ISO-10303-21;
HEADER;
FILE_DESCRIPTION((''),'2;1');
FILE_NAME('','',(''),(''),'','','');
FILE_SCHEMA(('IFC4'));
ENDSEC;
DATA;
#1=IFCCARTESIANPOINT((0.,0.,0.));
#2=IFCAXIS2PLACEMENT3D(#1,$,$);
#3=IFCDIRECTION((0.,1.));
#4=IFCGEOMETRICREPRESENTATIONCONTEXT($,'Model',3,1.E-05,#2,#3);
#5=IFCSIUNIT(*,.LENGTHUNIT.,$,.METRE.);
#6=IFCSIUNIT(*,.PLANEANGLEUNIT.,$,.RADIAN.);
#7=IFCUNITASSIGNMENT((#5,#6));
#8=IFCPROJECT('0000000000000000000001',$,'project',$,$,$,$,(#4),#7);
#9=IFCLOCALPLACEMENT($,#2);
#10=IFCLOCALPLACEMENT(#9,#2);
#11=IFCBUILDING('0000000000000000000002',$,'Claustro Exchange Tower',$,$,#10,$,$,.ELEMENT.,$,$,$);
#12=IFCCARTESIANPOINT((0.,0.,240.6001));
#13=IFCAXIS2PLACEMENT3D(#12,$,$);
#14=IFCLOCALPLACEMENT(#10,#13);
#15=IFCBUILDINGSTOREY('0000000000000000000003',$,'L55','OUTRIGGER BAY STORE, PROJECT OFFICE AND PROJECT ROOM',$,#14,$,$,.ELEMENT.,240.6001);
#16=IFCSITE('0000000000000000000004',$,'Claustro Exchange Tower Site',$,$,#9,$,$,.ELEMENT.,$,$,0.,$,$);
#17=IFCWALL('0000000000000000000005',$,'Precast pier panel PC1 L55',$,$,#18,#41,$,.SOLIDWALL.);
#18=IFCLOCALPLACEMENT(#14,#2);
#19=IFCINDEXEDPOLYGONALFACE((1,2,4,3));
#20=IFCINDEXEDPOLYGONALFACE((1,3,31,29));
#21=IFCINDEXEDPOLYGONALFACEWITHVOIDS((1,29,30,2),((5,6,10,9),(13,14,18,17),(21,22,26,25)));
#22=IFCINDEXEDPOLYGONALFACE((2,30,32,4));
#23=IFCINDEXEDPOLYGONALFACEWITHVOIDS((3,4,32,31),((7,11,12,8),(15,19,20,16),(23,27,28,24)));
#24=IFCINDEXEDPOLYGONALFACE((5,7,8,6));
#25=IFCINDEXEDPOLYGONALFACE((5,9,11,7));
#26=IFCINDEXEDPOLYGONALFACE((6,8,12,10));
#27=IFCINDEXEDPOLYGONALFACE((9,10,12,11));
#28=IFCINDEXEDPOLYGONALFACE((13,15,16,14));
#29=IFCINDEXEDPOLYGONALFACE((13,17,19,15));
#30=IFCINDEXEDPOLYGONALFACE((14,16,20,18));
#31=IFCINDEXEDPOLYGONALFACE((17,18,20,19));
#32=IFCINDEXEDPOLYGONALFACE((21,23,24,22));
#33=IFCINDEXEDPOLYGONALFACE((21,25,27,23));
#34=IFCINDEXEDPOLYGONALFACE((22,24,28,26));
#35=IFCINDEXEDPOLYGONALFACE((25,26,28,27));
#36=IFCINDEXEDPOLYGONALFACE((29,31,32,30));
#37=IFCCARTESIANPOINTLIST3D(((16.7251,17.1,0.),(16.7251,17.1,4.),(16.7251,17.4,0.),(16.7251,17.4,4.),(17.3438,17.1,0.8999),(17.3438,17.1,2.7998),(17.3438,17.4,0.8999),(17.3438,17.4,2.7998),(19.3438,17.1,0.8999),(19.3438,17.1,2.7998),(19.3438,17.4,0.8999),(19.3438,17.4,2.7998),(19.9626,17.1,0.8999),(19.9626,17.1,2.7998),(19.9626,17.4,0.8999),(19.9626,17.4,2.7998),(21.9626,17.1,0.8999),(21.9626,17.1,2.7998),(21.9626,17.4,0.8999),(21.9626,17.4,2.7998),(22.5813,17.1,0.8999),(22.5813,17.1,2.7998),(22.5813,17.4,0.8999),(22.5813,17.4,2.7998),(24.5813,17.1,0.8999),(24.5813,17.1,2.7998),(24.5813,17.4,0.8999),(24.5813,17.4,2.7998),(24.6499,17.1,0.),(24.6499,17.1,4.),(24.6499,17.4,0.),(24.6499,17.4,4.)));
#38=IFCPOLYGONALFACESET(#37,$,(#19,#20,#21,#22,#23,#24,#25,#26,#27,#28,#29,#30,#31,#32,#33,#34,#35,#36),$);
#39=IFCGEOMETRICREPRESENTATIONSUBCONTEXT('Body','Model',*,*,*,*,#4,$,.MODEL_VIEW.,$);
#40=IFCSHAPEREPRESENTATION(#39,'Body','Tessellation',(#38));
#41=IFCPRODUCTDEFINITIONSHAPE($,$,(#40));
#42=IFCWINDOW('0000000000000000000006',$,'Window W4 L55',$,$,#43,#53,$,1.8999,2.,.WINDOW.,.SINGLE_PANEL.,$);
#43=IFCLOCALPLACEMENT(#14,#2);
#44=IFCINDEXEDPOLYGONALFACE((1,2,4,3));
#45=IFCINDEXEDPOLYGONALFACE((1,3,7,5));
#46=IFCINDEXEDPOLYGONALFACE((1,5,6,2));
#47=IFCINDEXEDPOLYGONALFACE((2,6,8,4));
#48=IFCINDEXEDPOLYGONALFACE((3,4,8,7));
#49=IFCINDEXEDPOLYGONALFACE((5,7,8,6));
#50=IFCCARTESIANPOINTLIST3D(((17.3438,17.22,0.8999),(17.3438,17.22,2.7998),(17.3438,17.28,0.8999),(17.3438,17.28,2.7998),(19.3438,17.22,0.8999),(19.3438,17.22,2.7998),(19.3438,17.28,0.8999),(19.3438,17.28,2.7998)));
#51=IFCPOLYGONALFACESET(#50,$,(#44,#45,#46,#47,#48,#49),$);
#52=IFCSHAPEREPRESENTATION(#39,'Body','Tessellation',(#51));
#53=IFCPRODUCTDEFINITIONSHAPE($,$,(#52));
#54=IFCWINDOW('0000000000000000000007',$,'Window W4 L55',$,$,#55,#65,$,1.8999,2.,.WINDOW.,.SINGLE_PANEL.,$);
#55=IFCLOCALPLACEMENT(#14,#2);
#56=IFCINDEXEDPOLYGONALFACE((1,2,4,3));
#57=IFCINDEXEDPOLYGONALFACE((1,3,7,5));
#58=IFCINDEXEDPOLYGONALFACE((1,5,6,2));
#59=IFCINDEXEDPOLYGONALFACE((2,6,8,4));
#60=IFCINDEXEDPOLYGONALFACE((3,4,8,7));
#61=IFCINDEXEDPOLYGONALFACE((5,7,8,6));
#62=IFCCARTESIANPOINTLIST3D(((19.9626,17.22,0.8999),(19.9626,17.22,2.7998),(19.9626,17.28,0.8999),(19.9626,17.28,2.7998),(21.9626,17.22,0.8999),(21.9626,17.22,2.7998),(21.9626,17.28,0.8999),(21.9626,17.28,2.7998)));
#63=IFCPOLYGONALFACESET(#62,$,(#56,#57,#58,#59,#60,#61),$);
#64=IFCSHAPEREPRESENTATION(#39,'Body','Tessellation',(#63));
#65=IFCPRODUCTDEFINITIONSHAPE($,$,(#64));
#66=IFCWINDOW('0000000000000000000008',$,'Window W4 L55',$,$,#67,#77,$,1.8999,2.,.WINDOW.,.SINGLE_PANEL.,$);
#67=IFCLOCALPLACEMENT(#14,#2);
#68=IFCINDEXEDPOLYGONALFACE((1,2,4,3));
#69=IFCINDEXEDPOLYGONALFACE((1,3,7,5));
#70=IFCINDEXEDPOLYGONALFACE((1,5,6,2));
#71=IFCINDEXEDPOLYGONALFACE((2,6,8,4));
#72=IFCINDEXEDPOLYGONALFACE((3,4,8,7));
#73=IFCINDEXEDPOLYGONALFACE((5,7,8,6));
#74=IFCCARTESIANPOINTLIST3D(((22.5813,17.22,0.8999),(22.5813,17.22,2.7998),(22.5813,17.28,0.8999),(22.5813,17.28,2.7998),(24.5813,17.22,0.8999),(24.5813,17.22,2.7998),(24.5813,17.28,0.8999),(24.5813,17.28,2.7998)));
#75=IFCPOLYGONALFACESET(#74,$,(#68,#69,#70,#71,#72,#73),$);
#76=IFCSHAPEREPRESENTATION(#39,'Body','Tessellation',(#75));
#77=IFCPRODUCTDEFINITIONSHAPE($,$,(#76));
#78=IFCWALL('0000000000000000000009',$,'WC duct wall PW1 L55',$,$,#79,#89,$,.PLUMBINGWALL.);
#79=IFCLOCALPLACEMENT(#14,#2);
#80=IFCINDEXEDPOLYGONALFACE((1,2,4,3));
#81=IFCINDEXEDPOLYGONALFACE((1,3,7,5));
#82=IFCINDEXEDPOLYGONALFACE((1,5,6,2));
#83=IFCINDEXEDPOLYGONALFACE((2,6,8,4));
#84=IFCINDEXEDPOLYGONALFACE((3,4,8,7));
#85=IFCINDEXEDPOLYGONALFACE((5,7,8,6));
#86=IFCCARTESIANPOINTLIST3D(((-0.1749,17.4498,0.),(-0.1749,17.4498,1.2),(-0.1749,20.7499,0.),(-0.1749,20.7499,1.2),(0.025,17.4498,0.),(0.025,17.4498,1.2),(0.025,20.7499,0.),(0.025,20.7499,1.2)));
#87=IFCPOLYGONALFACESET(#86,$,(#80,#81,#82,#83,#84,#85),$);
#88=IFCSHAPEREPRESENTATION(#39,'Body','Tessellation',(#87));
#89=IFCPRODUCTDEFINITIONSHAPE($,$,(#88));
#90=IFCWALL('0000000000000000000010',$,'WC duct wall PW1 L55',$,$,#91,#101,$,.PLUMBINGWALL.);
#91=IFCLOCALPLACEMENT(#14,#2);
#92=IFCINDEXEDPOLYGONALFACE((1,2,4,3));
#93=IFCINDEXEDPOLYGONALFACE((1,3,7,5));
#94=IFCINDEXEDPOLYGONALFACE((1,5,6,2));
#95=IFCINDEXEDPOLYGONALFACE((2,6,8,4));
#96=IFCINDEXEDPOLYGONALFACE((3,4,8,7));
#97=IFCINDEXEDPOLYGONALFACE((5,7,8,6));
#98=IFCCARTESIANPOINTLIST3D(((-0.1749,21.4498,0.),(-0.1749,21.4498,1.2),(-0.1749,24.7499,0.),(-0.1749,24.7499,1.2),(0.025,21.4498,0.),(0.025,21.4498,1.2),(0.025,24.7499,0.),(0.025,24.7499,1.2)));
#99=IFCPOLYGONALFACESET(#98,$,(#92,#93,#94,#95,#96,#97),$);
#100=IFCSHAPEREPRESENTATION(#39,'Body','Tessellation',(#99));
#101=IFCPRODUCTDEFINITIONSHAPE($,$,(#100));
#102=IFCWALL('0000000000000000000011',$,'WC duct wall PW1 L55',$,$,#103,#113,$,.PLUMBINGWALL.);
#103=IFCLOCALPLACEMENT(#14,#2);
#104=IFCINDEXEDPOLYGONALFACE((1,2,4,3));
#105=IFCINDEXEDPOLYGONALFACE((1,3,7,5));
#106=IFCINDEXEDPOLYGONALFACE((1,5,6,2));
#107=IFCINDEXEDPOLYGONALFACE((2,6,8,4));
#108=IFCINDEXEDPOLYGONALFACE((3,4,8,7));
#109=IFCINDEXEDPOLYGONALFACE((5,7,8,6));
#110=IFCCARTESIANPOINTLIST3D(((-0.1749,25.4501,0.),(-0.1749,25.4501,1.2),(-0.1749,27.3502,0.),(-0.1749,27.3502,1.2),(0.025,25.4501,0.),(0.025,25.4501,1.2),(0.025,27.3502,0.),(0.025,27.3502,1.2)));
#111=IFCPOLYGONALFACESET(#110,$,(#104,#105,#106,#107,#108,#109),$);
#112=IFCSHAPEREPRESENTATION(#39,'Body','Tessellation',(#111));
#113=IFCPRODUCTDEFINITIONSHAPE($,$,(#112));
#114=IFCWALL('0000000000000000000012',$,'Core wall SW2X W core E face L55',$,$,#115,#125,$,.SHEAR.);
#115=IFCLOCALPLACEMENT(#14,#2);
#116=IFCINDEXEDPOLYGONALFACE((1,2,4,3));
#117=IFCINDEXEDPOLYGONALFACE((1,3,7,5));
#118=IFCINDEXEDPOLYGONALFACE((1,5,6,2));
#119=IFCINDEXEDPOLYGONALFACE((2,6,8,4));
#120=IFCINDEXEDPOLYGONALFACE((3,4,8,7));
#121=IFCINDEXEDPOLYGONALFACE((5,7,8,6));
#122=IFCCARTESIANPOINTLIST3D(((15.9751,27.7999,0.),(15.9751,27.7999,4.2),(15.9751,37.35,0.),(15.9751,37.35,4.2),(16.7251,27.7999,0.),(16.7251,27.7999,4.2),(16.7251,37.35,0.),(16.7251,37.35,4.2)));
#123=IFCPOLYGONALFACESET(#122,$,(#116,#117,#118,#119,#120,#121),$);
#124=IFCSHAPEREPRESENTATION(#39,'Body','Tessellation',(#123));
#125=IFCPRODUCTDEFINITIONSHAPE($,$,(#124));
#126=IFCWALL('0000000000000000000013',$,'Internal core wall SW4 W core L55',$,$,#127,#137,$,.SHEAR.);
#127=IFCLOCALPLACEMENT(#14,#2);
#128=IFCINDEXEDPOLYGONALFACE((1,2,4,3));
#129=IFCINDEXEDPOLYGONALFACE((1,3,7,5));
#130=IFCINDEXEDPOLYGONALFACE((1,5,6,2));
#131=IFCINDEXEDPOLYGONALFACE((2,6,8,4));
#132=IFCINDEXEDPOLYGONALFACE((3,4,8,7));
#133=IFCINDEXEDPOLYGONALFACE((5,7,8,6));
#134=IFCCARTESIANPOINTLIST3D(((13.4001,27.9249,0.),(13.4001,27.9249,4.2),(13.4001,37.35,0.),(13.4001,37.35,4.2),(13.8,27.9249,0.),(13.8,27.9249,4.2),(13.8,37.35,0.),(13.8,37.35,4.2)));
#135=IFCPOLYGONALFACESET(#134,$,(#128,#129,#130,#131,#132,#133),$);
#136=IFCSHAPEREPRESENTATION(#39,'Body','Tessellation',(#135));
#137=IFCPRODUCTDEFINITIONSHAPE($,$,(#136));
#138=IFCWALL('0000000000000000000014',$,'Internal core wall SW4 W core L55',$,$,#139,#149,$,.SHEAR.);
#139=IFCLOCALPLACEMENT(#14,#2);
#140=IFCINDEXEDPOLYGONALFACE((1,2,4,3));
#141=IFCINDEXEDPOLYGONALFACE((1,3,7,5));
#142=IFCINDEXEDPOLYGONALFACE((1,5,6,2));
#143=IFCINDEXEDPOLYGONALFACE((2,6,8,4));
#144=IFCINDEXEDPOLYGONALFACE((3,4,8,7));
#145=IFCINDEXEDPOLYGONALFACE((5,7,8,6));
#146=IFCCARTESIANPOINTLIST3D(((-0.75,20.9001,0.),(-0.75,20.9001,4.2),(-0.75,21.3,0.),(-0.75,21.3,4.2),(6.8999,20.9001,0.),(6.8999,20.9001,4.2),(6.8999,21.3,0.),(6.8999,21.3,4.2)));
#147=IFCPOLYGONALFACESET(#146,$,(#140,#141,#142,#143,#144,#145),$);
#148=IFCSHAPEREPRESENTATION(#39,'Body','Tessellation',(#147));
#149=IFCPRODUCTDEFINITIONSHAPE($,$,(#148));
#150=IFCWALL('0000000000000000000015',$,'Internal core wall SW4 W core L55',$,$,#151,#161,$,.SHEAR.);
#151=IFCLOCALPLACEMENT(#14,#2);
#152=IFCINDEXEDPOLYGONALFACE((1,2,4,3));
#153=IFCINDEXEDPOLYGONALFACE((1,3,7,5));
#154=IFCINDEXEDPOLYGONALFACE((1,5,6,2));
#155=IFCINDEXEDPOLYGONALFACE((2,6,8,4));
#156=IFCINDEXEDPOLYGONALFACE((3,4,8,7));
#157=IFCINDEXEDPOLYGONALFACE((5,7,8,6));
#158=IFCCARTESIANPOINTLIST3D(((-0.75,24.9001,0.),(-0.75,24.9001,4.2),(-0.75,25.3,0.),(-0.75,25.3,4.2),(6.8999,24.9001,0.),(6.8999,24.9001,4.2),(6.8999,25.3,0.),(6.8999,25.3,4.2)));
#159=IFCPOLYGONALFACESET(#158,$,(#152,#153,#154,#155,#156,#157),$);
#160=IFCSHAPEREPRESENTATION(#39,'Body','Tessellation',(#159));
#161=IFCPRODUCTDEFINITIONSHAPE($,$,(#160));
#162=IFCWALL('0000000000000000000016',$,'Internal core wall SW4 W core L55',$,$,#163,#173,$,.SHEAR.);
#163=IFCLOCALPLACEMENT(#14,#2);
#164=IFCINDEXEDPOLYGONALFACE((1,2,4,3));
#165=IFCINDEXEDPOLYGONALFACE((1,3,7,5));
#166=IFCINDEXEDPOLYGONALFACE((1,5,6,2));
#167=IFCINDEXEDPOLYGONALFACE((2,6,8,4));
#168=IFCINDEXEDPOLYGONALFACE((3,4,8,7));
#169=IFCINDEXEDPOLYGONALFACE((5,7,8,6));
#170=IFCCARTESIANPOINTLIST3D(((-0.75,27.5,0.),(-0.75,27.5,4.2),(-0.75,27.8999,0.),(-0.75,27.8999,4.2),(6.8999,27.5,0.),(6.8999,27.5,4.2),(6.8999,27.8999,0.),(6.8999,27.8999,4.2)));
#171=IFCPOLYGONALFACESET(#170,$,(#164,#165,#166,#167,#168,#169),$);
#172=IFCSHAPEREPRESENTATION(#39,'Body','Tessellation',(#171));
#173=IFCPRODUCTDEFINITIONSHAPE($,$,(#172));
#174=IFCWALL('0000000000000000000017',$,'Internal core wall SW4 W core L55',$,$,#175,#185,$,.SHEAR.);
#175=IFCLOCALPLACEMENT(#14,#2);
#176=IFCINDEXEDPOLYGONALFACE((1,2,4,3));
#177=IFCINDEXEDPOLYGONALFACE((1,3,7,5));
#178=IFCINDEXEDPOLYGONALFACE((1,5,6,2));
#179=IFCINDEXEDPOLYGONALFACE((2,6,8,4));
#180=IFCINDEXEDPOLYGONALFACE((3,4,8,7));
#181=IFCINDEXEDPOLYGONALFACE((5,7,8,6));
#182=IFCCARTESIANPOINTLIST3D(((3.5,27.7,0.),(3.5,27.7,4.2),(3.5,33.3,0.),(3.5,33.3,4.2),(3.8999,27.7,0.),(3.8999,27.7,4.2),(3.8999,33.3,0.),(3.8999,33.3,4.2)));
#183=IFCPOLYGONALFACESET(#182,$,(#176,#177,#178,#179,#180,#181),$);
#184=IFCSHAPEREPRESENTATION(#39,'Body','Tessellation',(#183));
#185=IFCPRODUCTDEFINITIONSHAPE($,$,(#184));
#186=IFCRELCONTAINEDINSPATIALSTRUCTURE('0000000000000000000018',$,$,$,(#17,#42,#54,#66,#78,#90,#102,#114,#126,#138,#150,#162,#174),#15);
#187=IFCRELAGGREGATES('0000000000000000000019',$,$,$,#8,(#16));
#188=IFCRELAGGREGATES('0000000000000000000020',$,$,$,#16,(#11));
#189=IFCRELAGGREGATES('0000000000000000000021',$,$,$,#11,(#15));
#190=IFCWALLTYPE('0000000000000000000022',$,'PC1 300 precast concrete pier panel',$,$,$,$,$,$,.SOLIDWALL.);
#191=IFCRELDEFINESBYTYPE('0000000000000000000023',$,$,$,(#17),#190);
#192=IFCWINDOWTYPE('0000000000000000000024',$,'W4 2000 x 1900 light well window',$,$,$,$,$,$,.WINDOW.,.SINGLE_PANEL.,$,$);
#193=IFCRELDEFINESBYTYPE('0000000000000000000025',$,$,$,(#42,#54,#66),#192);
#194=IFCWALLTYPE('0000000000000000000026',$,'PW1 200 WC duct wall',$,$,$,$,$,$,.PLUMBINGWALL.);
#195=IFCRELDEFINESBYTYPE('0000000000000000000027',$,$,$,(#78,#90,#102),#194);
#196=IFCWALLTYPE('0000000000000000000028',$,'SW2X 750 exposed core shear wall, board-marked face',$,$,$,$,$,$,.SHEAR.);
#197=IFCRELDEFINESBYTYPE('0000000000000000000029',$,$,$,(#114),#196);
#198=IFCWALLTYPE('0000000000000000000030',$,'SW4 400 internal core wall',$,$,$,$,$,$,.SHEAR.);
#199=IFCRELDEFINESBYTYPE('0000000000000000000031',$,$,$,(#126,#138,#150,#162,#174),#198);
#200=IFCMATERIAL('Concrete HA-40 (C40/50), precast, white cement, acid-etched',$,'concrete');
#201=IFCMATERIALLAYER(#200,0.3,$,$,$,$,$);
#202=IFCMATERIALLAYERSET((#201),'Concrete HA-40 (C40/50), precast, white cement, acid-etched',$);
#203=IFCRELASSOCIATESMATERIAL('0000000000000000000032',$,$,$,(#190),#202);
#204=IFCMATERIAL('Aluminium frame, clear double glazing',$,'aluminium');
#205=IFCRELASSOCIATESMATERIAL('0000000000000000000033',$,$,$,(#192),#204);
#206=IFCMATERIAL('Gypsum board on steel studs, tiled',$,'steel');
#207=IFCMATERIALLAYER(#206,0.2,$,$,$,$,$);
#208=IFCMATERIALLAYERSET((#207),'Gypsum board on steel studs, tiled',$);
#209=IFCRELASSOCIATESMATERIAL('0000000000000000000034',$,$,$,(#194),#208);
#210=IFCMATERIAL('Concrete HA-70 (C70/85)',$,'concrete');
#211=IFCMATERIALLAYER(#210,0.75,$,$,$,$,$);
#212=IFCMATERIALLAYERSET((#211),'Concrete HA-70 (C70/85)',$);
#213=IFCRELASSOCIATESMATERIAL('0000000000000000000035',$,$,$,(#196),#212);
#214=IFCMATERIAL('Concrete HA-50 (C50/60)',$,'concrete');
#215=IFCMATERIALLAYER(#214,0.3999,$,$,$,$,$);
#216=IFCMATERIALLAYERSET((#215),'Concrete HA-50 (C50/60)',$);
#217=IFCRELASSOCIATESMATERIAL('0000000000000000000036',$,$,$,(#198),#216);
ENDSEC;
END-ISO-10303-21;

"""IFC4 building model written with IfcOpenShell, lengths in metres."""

from ifc_helpers import new_model, si_unit, direction, frame, frame_2d, origin, place, context, subcontext, project, spatial, rectangle, extrude, material, layer, layer_set, type_object, element, fill, save


model = new_model("IFC4")

# Units and contexts
model_context = context("Model", 3, precision=1e-05, world=origin(), true_north=direction((0.0, 1.0)))
body_context = subcontext(model_context, "Body", "Model", "MODEL_VIEW")
ifc_project = project(units=[si_unit("LENGTHUNIT", "METRE"), si_unit("PLANEANGLEUNIT", "RADIAN")], contexts=[model_context])

# Site, building, storey
site_placement = place(None, origin())
site = spatial("IfcSite", under=ifc_project, at=site_placement, Name="Claustro Exchange Tower Site", CompositionType="ELEMENT", RefElevation=0.0)
building_placement = place(site_placement, origin())
building = spatial("IfcBuilding", under=site, at=building_placement, Name="Claustro Exchange Tower", CompositionType="ELEMENT")
storey_placement = place(building_placement, frame((0.0, 0.0, 240.6001)))
storey = spatial("IfcBuildingStorey", under=building, at=storey_placement, Name="L55", Description="OUTRIGGER BAY STORE, PROJECT OFFICE AND PROJECT ROOM", CompositionType="ELEMENT", Elevation=240.6001)

# Wall, openings, windows
ifc_material_1 = material(Name="Concrete HA-40 (C40/50), precast, white cement, acid-etched", Category="concrete")
ifc_layer_1 = layer(ifc_material_1, 0.3)
ifc_layer_set_1 = layer_set([ifc_layer_1], Name="Concrete HA-40 (C40/50), precast, white cement, acid-etched")
wall_type_1 = type_object("IfcWallType", Name="PC1 300 precast concrete pier panel", PredefinedType="SOLIDWALL", material=ifc_layer_set_1)
wall_1_placement = place(storey_placement, frame((16.7251, 17.25, 0.0), z_axis=(0.0, 0.0, 1.0), x_axis=(1.0, 0.0, 0.0)))
wall_1 = element("IfcWall", 1, at=wall_1_placement, inside=storey, type_object=wall_type_1, Name="Precast pier panel PC1 L55", PredefinedType="SOLIDWALL", context=body_context, shape_type="SweptSolid", body=[
    extrude(rectangle(XDim=7.9248, YDim=0.3, at=frame_2d((3.9624, 0.0))), origin(), (0.0, 0.0, 1.0), 4.0),
])
opening_1_placement = place(wall_1_placement, frame((0.6187, 0.0, 0.8999)))
opening_1 = element("IfcOpeningElement", 2, at=opening_1_placement, cuts=wall_1, PredefinedType="OPENING", context=body_context, shape_type="SweptSolid", body=[
    extrude(rectangle(XDim=2.0, YDim=1.8999, at=frame_2d((1.0, 0.95))), frame((0.0, 0.1599, 0.0), z_axis=(0.0, -1.0, 0.0), x_axis=(1.0, 0.0, 0.0)), (0.0, 0.0, 1.0), 0.3201),
])
opening_2_placement = place(wall_1_placement, frame((3.2375, 0.0, 0.8999)))
opening_2 = element("IfcOpeningElement", 3, at=opening_2_placement, cuts=wall_1, PredefinedType="OPENING", context=body_context, shape_type="SweptSolid", body=[
    extrude(rectangle(XDim=2.0, YDim=1.8999, at=frame_2d((1.0, 0.95))), frame((0.0, 0.1599, 0.0), z_axis=(0.0, -1.0, 0.0), x_axis=(1.0, 0.0, 0.0)), (0.0, 0.0, 1.0), 0.3201),
])
opening_3_placement = place(wall_1_placement, frame((5.8562, 0.0, 0.8999)))
opening_3 = element("IfcOpeningElement", 4, at=opening_3_placement, cuts=wall_1, PredefinedType="OPENING", context=body_context, shape_type="SweptSolid", body=[
    extrude(rectangle(XDim=2.0, YDim=1.8999, at=frame_2d((1.0, 0.95))), frame((0.0, 0.1599, 0.0), z_axis=(0.0, -1.0, 0.0), x_axis=(1.0, 0.0, 0.0)), (0.0, 0.0, 1.0), 0.3201),
])
ifc_material_2 = material(Name="Aluminium frame, clear double glazing", Category="aluminium")
window_type = type_object("IfcWindowType", Name="W4 2000 x 1900 light well window", PartitioningType="SINGLE_PANEL", PredefinedType="WINDOW", material=ifc_material_2)
window_1_placement = place(opening_1_placement, origin())
window_1 = element("IfcWindow", 5, at=window_1_placement, inside=storey, type_object=window_type, Name="Window W4 L55", OverallHeight=1.8999, OverallWidth=2.0, PartitioningType="SINGLE_PANEL", PredefinedType="WINDOW", context=body_context, shape_type="SweptSolid", body=[
    extrude(rectangle(XDim=2.0, YDim=1.8999, at=frame_2d((1.0, 0.95))), frame((0.0, 0.03, 0.0), z_axis=(0.0, -1.0, 0.0), x_axis=(1.0, 0.0, 0.0)), (0.0, 0.0, 1.0), 0.0601),
])
fill(opening_1, window_1)
window_2_placement = place(opening_2_placement, origin())
window_2 = element("IfcWindow", 6, at=window_2_placement, inside=storey, type_object=window_type, Name="Window W4 L55", OverallHeight=1.8999, OverallWidth=2.0, PartitioningType="SINGLE_PANEL", PredefinedType="WINDOW", context=body_context, shape_type="SweptSolid", body=[
    extrude(rectangle(XDim=2.0, YDim=1.8999, at=frame_2d((1.0, 0.95))), frame((0.0, 0.03, 0.0), z_axis=(0.0, -1.0, 0.0), x_axis=(1.0, 0.0, 0.0)), (0.0, 0.0, 1.0), 0.0601),
])
fill(opening_2, window_2)
window_3_placement = place(opening_3_placement, origin())
window_3 = element("IfcWindow", 7, at=window_3_placement, inside=storey, type_object=window_type, Name="Window W4 L55", OverallHeight=1.8999, OverallWidth=2.0, PartitioningType="SINGLE_PANEL", PredefinedType="WINDOW", context=body_context, shape_type="SweptSolid", body=[
    extrude(rectangle(XDim=2.0, YDim=1.8999, at=frame_2d((1.0, 0.95))), frame((0.0, 0.03, 0.0), z_axis=(0.0, -1.0, 0.0), x_axis=(1.0, 0.0, 0.0)), (0.0, 0.0, 1.0), 0.0601),
])
fill(opening_3, window_3)

# Walls
ifc_material_3 = material(Name="Gypsum board on steel studs, tiled", Category="steel")
ifc_layer_2 = layer(ifc_material_3, 0.2)
ifc_layer_set_2 = layer_set([ifc_layer_2], Name="Gypsum board on steel studs, tiled")
wall_type_2 = type_object("IfcWallType", Name="PW1 200 WC duct wall", PredefinedType="PLUMBINGWALL", material=ifc_layer_set_2)
for number, where, z_axis, x_axis, name in (
    (8, (-0.075, 17.45, 0.0), (0.0, 0.0, 1.0), (0.0, 1.0, 0.0), "WC duct wall PW1 L55"),
    (9, (-0.075, 21.45, 0.0), (0.0, 0.0, 1.0), (0.0, 1.0, 0.0), "WC duct wall PW1 L55"),
):
    element("IfcWall", number, at=place(storey_placement, frame(where, z_axis=z_axis, x_axis=x_axis)), inside=storey, type_object=wall_type_2, Name=name, PredefinedType="PLUMBINGWALL", context=body_context, shape_type="SweptSolid", body=[
        extrude(rectangle(XDim=3.3, YDim=0.2, at=frame_2d((1.6499, 0.0))), origin(), (0.0, 0.0, 1.0), 1.2),
    ])
wall_2_placement = place(storey_placement, frame((-0.075, 25.45, 0.0), z_axis=(0.0, 0.0, 1.0), x_axis=(0.0, 1.0, 0.0)))
element("IfcWall", 10, at=wall_2_placement, inside=storey, type_object=wall_type_2, Name="WC duct wall PW1 L55", PredefinedType="PLUMBINGWALL", context=body_context, shape_type="SweptSolid", body=[
    extrude(rectangle(XDim=1.9001, YDim=0.2, at=frame_2d((0.9502, 0.0))), origin(), (0.0, 0.0, 1.0), 1.2),
])
ifc_material_4 = material(Name="Concrete HA-70 (C70/85)", Category="concrete")
ifc_layer_3 = layer(ifc_material_4, 0.75)
ifc_layer_set_3 = layer_set([ifc_layer_3], Name="Concrete HA-70 (C70/85)")
wall_type_3 = type_object("IfcWallType", Name="SW2X 750 exposed core shear wall, board-marked face", PredefinedType="SHEAR", material=ifc_layer_set_3)
wall_3_placement = place(storey_placement, frame((16.3501, 27.8, 0.0), z_axis=(0.0, 0.0, 1.0), x_axis=(0.0, 1.0, 0.0)))
element("IfcWall", 11, at=wall_3_placement, inside=storey, type_object=wall_type_3, Name="Core wall SW2X W core E face L55", PredefinedType="SHEAR", context=body_context, shape_type="SweptSolid", body=[
    extrude(rectangle(XDim=9.55, YDim=0.75, at=frame_2d((4.7749, 0.0))), origin(), (0.0, 0.0, 1.0), 4.2),
])
ifc_material_5 = material(Name="Concrete HA-50 (C50/60)", Category="concrete")
ifc_layer_4 = layer(ifc_material_5, 0.3999)
ifc_layer_set_4 = layer_set([ifc_layer_4], Name="Concrete HA-50 (C50/60)")
wall_type_4 = type_object("IfcWallType", Name="SW4 400 internal core wall", PredefinedType="SHEAR", material=ifc_layer_set_4)
wall_4_placement = place(storey_placement, frame((13.6001, 27.925, 0.0), z_axis=(0.0, 0.0, 1.0), x_axis=(0.0, 1.0, 0.0)))
element("IfcWall", 12, at=wall_4_placement, inside=storey, type_object=wall_type_4, Name="Internal core wall SW4 W core L55", PredefinedType="SHEAR", context=body_context, shape_type="SweptSolid", body=[
    extrude(rectangle(XDim=9.425, YDim=0.3999, at=frame_2d((4.7124, 0.0))), origin(), (0.0, 0.0, 1.0), 4.2),
])
for number, where, z_axis, x_axis, name in (
    (13, (-0.75, 21.1001, 0.0), (0.0, 0.0, 1.0), (1.0, 0.0, 0.0), "Internal core wall SW4 W core L55"),
    (14, (-0.75, 25.1001, 0.0), (0.0, 0.0, 1.0), (1.0, 0.0, 0.0), "Internal core wall SW4 W core L55"),
    (15, (-0.75, 27.7, 0.0), (0.0, 0.0, 1.0), (1.0, 0.0, 0.0), "Internal core wall SW4 W core L55"),
):
    element("IfcWall", number, at=place(storey_placement, frame(where, z_axis=z_axis, x_axis=x_axis)), inside=storey, type_object=wall_type_4, Name=name, PredefinedType="SHEAR", context=body_context, shape_type="SweptSolid", body=[
        extrude(rectangle(XDim=7.6499, YDim=0.3999, at=frame_2d((3.825, 0.0))), origin(), (0.0, 0.0, 1.0), 4.2),
    ])
wall_5_placement = place(storey_placement, frame((3.7, 27.7, 0.0), z_axis=(0.0, 0.0, 1.0), x_axis=(0.0, 1.0, 0.0)))
element("IfcWall", 16, at=wall_5_placement, inside=storey, type_object=wall_type_4, Name="Internal core wall SW4 W core L55", PredefinedType="SHEAR", context=body_context, shape_type="SweptSolid", body=[
    extrude(rectangle(XDim=5.6001, YDim=0.3999, at=frame_2d((2.8, 0.0))), origin(), (0.0, 0.0, 1.0), 4.2),
])

save(model, "model.ifc")
